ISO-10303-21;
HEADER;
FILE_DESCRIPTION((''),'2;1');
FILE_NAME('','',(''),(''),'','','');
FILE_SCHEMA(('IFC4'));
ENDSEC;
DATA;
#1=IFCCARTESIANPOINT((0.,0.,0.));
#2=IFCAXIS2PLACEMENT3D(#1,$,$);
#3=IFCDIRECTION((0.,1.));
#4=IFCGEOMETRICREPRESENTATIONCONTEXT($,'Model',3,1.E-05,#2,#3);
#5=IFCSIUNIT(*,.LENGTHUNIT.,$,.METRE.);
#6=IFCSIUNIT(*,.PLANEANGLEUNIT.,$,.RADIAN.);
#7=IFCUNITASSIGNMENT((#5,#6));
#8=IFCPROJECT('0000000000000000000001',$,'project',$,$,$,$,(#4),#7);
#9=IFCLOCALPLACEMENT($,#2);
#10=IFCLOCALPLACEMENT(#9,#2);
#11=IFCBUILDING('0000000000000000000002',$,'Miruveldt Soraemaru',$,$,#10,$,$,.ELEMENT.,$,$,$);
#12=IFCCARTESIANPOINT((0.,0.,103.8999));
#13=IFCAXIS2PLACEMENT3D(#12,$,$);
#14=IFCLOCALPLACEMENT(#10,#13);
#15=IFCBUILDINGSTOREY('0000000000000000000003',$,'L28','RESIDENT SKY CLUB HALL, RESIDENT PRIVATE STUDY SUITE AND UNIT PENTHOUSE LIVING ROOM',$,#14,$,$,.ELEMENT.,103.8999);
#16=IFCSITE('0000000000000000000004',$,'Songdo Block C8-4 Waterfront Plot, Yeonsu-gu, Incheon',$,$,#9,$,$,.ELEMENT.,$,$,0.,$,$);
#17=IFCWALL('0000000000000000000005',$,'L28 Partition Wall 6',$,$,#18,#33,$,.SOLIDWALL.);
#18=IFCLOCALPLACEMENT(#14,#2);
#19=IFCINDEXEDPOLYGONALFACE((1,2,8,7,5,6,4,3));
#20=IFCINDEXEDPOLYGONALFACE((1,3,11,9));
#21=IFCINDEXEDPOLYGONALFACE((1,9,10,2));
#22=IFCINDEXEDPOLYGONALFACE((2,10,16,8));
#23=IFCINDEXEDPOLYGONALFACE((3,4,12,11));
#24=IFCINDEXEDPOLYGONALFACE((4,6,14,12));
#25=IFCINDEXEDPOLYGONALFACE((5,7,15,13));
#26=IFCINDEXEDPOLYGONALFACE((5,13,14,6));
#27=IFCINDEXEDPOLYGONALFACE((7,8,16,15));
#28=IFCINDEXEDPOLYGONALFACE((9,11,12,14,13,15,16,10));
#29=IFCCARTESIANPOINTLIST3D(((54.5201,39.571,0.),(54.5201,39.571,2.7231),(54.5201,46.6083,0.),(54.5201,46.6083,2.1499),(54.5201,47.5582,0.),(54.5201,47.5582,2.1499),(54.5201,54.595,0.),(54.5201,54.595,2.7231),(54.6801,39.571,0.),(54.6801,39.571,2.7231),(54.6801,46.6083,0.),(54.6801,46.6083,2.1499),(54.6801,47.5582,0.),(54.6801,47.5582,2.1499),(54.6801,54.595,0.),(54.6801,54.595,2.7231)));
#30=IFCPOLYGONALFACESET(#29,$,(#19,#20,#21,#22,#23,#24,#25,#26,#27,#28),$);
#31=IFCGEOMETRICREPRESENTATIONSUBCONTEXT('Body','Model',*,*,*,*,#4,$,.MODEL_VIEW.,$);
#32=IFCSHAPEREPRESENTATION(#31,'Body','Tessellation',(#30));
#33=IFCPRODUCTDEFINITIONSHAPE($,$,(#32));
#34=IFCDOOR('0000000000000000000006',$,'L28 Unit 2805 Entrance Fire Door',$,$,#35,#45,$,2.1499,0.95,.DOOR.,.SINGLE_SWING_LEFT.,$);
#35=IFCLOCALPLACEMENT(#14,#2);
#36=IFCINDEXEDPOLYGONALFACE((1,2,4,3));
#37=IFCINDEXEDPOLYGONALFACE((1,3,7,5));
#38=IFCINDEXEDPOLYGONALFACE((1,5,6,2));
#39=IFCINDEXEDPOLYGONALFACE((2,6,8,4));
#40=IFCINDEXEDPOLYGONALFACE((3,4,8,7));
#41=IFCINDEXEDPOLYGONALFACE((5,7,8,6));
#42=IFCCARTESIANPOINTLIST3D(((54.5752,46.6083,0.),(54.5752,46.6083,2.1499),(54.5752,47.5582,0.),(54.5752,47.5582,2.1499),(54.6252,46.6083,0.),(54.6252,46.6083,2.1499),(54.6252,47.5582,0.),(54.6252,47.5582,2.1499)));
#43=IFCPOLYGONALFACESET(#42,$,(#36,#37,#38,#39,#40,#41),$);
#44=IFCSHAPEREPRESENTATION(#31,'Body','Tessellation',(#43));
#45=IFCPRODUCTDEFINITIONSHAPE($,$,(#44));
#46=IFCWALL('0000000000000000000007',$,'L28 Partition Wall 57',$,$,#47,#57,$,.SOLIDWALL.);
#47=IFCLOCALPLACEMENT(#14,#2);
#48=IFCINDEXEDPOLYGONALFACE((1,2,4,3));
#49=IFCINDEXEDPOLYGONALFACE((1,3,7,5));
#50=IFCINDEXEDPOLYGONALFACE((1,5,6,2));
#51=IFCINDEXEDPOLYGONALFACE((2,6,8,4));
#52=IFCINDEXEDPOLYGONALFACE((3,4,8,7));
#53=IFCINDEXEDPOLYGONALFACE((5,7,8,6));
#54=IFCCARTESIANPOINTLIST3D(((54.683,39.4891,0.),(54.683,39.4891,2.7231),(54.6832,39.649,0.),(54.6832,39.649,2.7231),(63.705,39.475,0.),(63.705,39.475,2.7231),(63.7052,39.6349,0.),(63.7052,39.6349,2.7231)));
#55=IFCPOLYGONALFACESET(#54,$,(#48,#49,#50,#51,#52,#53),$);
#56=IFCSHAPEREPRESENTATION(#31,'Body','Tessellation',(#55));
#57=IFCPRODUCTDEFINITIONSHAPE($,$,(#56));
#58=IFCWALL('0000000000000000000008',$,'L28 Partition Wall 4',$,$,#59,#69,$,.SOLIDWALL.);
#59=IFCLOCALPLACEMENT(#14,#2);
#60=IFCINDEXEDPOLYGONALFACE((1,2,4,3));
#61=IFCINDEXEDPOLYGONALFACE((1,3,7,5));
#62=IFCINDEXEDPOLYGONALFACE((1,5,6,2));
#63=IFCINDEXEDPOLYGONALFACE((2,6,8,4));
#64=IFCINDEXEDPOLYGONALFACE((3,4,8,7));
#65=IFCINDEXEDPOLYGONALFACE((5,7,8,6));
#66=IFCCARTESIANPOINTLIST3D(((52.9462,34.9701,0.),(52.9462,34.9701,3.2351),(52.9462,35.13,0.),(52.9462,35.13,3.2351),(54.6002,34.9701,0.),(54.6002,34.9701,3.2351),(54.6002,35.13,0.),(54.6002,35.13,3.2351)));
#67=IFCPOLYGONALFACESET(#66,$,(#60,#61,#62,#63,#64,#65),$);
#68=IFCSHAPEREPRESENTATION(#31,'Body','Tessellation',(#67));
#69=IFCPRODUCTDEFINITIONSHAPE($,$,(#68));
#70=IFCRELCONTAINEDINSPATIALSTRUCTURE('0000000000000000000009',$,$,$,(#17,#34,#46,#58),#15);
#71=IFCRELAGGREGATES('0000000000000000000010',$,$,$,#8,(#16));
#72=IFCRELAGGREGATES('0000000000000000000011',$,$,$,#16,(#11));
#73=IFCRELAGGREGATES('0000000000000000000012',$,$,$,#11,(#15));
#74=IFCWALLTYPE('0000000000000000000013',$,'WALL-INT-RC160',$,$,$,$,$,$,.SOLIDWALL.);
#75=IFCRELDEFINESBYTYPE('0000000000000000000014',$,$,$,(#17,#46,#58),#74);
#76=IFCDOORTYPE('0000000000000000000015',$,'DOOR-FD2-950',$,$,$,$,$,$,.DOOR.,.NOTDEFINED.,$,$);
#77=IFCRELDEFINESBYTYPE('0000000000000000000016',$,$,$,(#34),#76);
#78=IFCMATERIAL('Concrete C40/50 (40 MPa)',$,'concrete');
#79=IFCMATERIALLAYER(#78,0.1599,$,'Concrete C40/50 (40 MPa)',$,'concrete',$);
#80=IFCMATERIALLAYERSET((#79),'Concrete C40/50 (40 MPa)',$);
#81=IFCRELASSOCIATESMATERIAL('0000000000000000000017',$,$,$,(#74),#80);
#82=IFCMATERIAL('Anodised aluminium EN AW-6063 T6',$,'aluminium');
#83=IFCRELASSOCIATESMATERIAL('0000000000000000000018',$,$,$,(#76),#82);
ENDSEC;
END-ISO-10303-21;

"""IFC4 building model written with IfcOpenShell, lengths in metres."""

from ifc_helpers import new_model, si_unit, direction, frame, frame_2d, origin, place, context, subcontext, project, spatial, rectangle, extrude, material, layer, layer_set, type_object, element, fill, save


model = new_model("IFC4")

# Units and contexts
model_context = context("Model", 3, precision=1e-05, world=origin(), true_north=direction((0.0, 1.0)))
body_context = subcontext(model_context, "Body", "Model", "MODEL_VIEW")
ifc_project = project(units=[si_unit("LENGTHUNIT", "METRE"), si_unit("PLANEANGLEUNIT", "RADIAN")], contexts=[model_context])

# Site, building, storey
site_placement = place(None, origin())
site = spatial("IfcSite", under=ifc_project, at=site_placement, Name="Songdo Block C8-4 Waterfront Plot, Yeonsu-gu, Incheon", CompositionType="ELEMENT", RefElevation=0.0)
building_placement = place(site_placement, origin())
building = spatial("IfcBuilding", under=site, at=building_placement, Name="Miruveldt Soraemaru", CompositionType="ELEMENT")
storey_placement = place(building_placement, frame((0.0, 0.0, 103.8999)))
storey = spatial("IfcBuildingStorey", under=building, at=storey_placement, Name="L28", Description="RESIDENT SKY CLUB HALL, RESIDENT PRIVATE STUDY SUITE AND UNIT PENTHOUSE LIVING ROOM", CompositionType="ELEMENT", Elevation=103.8999)

# Shared definitions
ifc_material_1 = material(Name="Anodised aluminium EN AW-6063 T6", Category="aluminium")

# Wall, opening, door
ifc_material_2 = material(Name="Concrete C40/50 (40 MPa)", Category="concrete")
ifc_layer_1 = layer(ifc_material_2, 0.1599, Name="Concrete C40/50 (40 MPa)", Category="concrete")
ifc_layer_set_1 = layer_set([ifc_layer_1], Name="Concrete C40/50 (40 MPa)")
wall_type_1 = type_object("IfcWallType", Name="WALL-INT-RC160", PredefinedType="SOLIDWALL", material=ifc_layer_set_1)
wall_1_placement = place(storey_placement, frame((54.6001, 39.571, 0.0), z_axis=(0.0, 0.0, 1.0), x_axis=(0.0, 1.0, 0.0)))
wall_1 = element("IfcWall", 1, at=wall_1_placement, inside=storey, type_object=wall_type_1, Name="L28 Partition Wall 6", PredefinedType="SOLIDWALL", context=body_context, shape_type="SweptSolid", body=[
    extrude(rectangle(XDim=15.0239, YDim=0.1599, at=frame_2d((7.512, 0.0))), origin(), (0.0, 0.0, 1.0), 2.7231),
])
opening_1_placement = place(wall_1_placement, frame((7.0371, 0.0, 0.0)))
opening_1 = element("IfcOpeningElement", 2, at=opening_1_placement, cuts=wall_1, PredefinedType="OPENING", context=body_context, shape_type="SweptSolid", body=[
    extrude(rectangle(XDim=0.95, YDim=2.1499, at=frame_2d((0.4751, 1.075))), frame((0.0, 0.0898, 0.0), z_axis=(0.0, -1.0, 0.0), x_axis=(1.0, 0.0, 0.0)), (0.0, 0.0, 1.0), 0.1799),
])
door_type_1 = type_object("IfcDoorType", Name="DOOR-FD2-950", OperationType="NOTDEFINED", PredefinedType="DOOR", material=ifc_material_1)
door_1_placement = place(opening_1_placement, origin())
door_1 = element("IfcDoor", 3, at=door_1_placement, inside=storey, type_object=door_type_1, Name="L28 Unit 2805 Entrance Fire Door", OperationType="SINGLE_SWING_LEFT", OverallHeight=2.1499, OverallWidth=0.95, PredefinedType="DOOR", context=body_context, shape_type="SweptSolid", body=[
    extrude(rectangle(XDim=0.95, YDim=2.1499, at=frame_2d((0.4751, 1.075))), frame((0.0, 0.0249, 0.0), z_axis=(0.0, -1.0, 0.0), x_axis=(1.0, 0.0, 0.0)), (0.0, 0.0, 1.0), 0.05),
])
fill(opening_1, door_1)

# Walls
wall_2_placement = place(storey_placement, frame((63.7051, 39.5549, 0.0), z_axis=(0.0, 0.0, 1.0), x_axis=(-0.999999, 0.00157, 0.0)))
element("IfcWall", 4, at=wall_2_placement, inside=storey, type_object=wall_type_1, Name="L28 Partition Wall 57", PredefinedType="SOLIDWALL", context=body_context, shape_type="SweptSolid", body=[
    extrude(rectangle(XDim=9.022, YDim=0.1599, at=frame_2d((4.511, 0.0))), origin(), (0.0, 0.0, 1.0), 2.7231),
])
wall_3_placement = place(storey_placement, frame((52.946, 35.05, 0.0), z_axis=(0.0, 0.0, 1.0), x_axis=(1.0, 0.0, 0.0)))
element("IfcWall", 5, at=wall_3_placement, inside=storey, type_object=wall_type_1, Name="L28 Partition Wall 4", PredefinedType="SOLIDWALL", context=body_context, shape_type="SweptSolid", body=[
    extrude(rectangle(XDim=1.6541, YDim=0.1599, at=frame_2d((0.8271, 0.0))), origin(), (0.0, 0.0, 1.0), 3.2351),
])

save(model, "model.ifc")
